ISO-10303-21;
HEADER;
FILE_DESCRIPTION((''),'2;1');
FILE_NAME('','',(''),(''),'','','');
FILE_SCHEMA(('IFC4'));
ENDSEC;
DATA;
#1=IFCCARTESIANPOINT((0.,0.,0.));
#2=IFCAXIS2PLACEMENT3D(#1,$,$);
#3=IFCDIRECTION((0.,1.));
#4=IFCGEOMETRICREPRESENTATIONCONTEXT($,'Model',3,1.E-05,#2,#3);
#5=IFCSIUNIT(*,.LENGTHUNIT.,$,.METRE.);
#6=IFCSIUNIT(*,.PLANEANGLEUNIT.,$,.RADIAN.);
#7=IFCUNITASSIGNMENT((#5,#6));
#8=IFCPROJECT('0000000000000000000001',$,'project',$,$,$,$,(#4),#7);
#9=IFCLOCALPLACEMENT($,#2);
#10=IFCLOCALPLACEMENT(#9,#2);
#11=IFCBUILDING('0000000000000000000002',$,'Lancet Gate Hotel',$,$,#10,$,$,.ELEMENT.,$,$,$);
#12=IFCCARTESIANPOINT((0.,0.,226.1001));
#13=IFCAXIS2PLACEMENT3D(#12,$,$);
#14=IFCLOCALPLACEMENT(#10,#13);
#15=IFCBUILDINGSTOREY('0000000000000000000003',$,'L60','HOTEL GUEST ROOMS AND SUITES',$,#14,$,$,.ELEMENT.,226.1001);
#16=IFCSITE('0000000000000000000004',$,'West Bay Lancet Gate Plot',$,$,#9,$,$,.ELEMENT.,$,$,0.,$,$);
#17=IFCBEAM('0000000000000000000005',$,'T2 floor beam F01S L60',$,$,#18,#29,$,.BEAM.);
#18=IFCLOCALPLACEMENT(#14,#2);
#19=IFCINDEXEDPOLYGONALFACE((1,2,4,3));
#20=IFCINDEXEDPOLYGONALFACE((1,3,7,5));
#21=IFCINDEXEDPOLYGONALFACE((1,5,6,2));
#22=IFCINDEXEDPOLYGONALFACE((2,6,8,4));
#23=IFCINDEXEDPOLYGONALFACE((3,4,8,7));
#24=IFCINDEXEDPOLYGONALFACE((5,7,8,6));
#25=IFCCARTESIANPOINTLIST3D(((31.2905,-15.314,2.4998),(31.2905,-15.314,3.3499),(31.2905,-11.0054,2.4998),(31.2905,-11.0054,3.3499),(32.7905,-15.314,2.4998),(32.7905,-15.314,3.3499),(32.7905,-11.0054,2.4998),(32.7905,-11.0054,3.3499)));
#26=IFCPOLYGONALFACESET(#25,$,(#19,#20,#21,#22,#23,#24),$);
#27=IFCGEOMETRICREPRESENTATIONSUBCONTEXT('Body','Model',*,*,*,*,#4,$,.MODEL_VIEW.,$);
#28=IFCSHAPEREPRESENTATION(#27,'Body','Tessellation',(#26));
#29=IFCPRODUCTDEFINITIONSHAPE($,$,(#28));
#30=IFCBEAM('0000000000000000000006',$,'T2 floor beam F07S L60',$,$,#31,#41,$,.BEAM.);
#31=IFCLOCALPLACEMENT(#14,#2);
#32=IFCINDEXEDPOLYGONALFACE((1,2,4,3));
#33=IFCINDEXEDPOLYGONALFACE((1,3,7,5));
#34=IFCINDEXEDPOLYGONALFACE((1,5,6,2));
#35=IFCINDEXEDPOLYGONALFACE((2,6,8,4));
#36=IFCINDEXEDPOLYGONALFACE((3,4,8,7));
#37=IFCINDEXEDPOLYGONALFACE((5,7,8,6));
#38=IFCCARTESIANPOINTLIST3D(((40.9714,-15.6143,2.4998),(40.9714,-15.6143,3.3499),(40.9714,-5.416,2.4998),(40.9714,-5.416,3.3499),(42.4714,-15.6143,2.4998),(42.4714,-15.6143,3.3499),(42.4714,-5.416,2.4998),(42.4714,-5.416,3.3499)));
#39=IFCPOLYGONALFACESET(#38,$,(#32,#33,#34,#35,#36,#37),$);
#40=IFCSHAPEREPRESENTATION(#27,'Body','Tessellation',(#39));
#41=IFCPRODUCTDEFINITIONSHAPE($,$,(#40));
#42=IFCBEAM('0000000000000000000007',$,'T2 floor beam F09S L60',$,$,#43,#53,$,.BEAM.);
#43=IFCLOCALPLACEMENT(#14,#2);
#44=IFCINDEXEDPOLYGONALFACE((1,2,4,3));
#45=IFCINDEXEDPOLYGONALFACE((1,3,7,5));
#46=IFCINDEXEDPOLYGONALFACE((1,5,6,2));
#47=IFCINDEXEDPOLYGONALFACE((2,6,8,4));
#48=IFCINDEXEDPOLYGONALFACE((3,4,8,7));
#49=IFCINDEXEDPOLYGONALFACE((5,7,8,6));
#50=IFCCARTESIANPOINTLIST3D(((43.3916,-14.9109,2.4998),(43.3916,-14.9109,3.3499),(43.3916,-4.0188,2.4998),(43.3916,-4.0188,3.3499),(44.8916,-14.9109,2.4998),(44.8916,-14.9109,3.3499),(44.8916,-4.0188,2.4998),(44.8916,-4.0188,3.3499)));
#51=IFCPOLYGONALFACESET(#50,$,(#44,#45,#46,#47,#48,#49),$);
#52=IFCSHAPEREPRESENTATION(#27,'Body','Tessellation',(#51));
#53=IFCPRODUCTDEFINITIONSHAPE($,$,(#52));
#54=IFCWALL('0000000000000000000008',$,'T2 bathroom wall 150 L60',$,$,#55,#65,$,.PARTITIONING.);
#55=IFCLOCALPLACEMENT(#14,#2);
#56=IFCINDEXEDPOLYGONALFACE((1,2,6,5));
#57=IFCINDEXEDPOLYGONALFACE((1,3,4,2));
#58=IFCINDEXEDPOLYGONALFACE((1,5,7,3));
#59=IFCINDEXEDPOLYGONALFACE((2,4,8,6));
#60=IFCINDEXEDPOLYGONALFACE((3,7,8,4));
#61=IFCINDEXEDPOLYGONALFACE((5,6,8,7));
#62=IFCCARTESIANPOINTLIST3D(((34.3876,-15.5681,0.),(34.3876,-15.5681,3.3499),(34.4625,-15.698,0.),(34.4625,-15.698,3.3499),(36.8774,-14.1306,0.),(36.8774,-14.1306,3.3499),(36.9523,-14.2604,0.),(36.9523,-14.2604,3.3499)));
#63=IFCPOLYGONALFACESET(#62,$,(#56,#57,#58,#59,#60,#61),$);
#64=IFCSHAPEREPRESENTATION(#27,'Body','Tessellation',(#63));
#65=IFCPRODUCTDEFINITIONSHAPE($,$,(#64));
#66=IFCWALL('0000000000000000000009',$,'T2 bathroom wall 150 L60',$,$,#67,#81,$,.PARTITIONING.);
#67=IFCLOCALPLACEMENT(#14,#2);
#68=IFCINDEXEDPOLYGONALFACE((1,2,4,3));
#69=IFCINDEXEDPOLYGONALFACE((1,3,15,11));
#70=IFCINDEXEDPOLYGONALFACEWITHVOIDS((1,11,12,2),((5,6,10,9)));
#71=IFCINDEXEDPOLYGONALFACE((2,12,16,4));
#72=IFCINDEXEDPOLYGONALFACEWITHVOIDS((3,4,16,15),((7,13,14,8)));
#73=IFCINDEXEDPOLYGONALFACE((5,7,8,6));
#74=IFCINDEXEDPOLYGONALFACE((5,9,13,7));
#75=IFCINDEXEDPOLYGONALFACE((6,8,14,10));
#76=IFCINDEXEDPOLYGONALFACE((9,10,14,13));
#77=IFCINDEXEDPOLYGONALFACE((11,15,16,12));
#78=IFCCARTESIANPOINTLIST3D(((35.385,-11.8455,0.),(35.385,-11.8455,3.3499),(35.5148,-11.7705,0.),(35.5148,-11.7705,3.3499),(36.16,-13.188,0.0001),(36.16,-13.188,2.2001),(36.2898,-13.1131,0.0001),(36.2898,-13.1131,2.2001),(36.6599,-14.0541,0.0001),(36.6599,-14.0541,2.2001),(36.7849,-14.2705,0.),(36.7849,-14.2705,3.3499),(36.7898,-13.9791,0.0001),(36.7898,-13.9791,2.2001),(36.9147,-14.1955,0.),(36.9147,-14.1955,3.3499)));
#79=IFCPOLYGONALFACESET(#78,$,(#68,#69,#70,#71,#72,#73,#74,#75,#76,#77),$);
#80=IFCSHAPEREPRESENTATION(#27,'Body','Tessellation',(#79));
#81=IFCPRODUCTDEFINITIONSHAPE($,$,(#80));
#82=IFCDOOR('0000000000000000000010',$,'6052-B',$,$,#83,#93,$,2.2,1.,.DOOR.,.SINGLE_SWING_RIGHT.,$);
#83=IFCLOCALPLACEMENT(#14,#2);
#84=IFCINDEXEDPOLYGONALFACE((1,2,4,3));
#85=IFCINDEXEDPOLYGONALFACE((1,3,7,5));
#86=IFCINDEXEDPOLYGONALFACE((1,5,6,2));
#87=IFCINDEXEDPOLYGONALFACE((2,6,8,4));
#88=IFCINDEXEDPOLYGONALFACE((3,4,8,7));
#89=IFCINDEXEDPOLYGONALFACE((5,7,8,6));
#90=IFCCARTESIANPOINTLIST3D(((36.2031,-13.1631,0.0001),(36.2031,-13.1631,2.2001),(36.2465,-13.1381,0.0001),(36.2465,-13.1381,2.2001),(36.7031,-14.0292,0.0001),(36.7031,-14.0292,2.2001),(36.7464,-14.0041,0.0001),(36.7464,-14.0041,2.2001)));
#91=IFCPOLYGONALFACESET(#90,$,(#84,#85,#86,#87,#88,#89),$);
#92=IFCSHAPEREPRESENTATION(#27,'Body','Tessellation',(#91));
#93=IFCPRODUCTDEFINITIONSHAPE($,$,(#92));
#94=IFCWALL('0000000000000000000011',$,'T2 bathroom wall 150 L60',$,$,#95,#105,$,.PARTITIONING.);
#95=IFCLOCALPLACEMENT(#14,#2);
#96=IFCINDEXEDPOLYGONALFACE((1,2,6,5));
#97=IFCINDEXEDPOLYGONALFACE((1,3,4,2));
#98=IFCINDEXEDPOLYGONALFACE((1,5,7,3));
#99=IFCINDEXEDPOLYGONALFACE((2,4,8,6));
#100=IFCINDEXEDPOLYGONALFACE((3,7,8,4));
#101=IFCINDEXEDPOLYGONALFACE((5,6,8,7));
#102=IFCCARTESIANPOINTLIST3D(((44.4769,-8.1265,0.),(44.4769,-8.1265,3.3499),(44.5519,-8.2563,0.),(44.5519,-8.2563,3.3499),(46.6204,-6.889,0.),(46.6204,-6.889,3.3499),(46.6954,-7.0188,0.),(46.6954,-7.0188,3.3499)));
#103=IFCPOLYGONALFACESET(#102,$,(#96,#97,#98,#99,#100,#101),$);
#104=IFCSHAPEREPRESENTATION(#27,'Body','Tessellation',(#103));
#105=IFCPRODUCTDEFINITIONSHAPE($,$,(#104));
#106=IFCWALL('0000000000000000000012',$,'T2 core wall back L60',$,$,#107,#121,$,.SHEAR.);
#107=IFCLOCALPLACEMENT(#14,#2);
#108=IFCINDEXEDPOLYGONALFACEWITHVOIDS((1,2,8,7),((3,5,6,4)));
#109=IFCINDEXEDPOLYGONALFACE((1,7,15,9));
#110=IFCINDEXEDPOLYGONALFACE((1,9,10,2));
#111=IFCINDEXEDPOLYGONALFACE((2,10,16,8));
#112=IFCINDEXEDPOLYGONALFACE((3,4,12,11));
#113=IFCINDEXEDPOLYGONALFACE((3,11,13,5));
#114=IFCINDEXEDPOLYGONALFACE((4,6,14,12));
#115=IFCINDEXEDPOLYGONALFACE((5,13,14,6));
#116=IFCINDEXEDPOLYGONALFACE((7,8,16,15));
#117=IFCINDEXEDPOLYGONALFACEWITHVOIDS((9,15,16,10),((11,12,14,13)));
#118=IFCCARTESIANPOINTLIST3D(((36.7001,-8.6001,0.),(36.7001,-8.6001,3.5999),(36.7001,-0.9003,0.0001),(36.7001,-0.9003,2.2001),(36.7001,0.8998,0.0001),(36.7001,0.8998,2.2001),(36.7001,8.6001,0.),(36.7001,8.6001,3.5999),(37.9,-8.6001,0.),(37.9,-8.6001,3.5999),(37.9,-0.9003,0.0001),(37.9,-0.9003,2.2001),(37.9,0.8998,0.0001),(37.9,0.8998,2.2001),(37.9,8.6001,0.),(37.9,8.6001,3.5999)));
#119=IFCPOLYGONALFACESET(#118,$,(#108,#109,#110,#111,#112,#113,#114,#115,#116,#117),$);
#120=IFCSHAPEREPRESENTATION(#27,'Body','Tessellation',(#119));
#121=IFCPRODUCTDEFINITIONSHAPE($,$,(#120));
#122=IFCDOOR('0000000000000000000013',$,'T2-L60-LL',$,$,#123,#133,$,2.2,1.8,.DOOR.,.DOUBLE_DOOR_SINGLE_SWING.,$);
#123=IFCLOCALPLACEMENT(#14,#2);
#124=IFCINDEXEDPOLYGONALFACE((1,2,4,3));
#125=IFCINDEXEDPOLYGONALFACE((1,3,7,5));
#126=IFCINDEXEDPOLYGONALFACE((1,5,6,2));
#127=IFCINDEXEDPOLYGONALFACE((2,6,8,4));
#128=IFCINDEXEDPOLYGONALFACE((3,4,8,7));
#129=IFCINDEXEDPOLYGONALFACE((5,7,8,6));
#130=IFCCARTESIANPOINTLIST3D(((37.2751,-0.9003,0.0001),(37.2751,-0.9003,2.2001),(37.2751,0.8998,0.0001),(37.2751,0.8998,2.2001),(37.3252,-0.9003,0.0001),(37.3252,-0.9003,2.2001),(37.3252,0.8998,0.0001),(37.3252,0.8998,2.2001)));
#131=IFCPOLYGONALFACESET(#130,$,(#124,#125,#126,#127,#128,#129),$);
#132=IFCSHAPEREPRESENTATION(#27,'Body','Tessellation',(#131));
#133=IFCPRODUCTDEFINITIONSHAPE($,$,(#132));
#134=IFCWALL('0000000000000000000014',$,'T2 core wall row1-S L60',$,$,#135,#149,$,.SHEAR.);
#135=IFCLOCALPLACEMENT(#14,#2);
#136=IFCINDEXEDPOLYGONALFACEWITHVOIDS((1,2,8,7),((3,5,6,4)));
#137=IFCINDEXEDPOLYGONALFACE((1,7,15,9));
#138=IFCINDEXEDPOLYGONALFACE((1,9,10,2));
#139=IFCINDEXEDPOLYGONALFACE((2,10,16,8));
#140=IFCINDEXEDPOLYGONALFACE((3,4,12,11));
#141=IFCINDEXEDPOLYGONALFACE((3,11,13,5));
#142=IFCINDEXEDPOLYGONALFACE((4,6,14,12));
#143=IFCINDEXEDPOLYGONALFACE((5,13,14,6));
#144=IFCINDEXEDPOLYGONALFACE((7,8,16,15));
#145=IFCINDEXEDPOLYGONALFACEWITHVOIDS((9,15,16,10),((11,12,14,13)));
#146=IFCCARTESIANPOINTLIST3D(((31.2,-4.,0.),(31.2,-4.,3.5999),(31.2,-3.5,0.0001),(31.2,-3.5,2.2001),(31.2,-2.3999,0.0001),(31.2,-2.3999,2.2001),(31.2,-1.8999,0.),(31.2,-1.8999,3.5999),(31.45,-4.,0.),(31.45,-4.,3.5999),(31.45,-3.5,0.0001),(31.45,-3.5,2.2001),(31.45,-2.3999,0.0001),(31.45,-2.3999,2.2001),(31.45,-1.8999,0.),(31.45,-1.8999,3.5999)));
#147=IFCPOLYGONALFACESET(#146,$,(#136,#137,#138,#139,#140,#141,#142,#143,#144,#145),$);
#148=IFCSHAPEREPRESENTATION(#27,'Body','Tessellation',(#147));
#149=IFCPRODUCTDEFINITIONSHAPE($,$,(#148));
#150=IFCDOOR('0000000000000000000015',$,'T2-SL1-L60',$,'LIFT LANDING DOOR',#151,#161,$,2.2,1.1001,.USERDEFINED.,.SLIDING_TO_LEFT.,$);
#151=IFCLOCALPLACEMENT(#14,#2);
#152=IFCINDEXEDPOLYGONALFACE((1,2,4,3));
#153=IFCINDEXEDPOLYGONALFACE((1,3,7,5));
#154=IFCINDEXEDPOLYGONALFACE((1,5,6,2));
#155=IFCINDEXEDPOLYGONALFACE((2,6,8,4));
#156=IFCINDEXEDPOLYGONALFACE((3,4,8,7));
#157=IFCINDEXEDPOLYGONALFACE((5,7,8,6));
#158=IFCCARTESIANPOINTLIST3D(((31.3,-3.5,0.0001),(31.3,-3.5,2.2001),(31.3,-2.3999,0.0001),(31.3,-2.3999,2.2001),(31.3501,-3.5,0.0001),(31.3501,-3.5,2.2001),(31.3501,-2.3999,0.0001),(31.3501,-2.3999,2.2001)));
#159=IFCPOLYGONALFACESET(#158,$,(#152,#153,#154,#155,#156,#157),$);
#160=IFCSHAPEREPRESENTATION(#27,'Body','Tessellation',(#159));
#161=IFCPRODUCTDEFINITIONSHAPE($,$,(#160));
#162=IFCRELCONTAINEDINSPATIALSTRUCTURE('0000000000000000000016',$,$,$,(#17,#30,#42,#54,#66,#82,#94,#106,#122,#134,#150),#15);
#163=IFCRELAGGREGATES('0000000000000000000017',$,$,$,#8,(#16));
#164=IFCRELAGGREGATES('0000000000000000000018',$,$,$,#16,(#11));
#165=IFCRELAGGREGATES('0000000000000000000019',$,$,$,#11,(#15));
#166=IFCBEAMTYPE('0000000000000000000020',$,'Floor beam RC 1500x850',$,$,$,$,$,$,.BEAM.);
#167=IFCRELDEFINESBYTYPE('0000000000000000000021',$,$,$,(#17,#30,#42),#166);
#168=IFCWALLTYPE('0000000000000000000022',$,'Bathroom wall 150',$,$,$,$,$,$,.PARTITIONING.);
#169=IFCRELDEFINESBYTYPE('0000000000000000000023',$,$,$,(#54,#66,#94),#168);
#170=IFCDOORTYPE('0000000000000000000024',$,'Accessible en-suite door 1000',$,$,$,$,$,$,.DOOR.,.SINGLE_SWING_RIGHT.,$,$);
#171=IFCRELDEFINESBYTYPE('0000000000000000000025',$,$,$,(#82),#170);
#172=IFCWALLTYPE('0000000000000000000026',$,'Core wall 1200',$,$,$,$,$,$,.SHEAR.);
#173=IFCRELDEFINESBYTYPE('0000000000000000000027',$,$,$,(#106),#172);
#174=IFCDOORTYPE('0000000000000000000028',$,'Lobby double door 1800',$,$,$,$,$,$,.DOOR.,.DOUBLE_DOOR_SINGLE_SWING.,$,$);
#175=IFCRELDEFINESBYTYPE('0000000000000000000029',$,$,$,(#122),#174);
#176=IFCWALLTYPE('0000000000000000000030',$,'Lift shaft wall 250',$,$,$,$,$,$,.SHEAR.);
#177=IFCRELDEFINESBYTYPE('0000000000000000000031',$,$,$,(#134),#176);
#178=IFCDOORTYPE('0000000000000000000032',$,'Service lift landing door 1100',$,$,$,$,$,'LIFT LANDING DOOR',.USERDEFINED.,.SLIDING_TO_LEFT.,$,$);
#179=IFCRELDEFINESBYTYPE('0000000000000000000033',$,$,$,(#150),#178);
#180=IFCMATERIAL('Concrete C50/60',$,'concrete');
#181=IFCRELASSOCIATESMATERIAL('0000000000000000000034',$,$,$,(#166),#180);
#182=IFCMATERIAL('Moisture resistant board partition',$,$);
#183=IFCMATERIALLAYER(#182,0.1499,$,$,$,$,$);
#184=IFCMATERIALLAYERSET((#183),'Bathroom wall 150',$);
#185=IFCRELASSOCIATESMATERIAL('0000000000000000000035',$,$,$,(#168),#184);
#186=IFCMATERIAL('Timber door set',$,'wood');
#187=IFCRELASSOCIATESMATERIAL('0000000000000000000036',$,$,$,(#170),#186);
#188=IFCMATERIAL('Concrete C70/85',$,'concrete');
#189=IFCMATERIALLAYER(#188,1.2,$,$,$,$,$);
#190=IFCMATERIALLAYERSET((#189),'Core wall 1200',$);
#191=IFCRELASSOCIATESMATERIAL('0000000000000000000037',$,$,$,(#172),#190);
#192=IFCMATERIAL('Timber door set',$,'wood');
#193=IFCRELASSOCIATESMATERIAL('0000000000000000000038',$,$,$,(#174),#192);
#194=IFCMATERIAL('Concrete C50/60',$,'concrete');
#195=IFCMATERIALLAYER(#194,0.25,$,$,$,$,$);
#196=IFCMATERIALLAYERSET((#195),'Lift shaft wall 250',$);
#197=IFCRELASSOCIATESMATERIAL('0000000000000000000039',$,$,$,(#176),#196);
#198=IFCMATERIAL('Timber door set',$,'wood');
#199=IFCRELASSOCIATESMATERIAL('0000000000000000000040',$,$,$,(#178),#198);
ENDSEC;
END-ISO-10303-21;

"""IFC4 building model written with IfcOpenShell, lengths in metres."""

from ifc_helpers import new_model, si_unit, direction, frame, frame_2d, origin, origin_2d, place, context, subcontext, project, spatial, rectangle, extrude, material, layer, layer_set, material_profile, profile_set, type_object, element, fill, save


model = new_model("IFC4")

# Units and contexts
model_context = context("Model", 3, precision=1e-05, world=origin(), true_north=direction((0.0, 1.0)))
body_context = subcontext(model_context, "Body", "Model", "MODEL_VIEW")
ifc_project = project(units=[si_unit("LENGTHUNIT", "METRE"), si_unit("PLANEANGLEUNIT", "RADIAN")], contexts=[model_context])

# Site, building, storey
site_placement = place(None, origin())
site = spatial("IfcSite", under=ifc_project, at=site_placement, Name="West Bay Lancet Gate Plot", CompositionType="ELEMENT", RefElevation=0.0)
building_placement = place(site_placement, origin())
building = spatial("IfcBuilding", under=site, at=building_placement, Name="Lancet Gate Hotel", CompositionType="ELEMENT")
storey_placement = place(building_placement, frame((0.0, 0.0, 226.1001)))
storey = spatial("IfcBuildingStorey", under=building, at=storey_placement, Name="L60", Description="HOTEL GUEST ROOMS AND SUITES", CompositionType="ELEMENT", Elevation=226.1001)

# Beams
ifc_material_1 = material(Name="Concrete C50/60", Category="concrete")
ifc_material_profile = material_profile(ifc_material_1, rectangle(XDim=1.5, YDim=0.8501, at=origin_2d()), Name="RC 1500x850")
ifc_profile_set = profile_set([ifc_material_profile], Name="Concrete C50/60")
beam_type = type_object("IfcBeamType", Name="Floor beam RC 1500x850", PredefinedType="BEAM", material=ifc_profile_set)
beam_1_placement = place(storey_placement, frame((32.0405, -15.314, 2.9248), z_axis=(0.0, 1.0, 0.0), x_axis=(-1.0, 0.0, 0.0)))
element("IfcBeam", 1, at=beam_1_placement, inside=storey, type_object=beam_type, Name="T2 floor beam F01S L60", PredefinedType="BEAM", context=body_context, shape_type="SweptSolid", body=[
    extrude(rectangle(XDim=1.5, YDim=0.8501, at=origin_2d()), origin(), (0.0, 0.0, 1.0), 4.3086),
])
beam_2_placement = place(storey_placement, frame((41.7214, -15.6143, 2.9248), z_axis=(0.0, 1.0, 0.0), x_axis=(-1.0, 0.0, 0.0)))
element("IfcBeam", 2, at=beam_2_placement, inside=storey, type_object=beam_type, Name="T2 floor beam F07S L60", PredefinedType="BEAM", context=body_context, shape_type="SweptSolid", body=[
    extrude(rectangle(XDim=1.5, YDim=0.8501, at=origin_2d()), origin(), (0.0, 0.0, 1.0), 10.1982),
])
beam_3_placement = place(storey_placement, frame((44.1416, -14.9109, 2.9248), z_axis=(0.0, 1.0, 0.0), x_axis=(-1.0, 0.0, 0.0)))
element("IfcBeam", 3, at=beam_3_placement, inside=storey, type_object=beam_type, Name="T2 floor beam F09S L60", PredefinedType="BEAM", context=body_context, shape_type="SweptSolid", body=[
    extrude(rectangle(XDim=1.5, YDim=0.8501, at=origin_2d()), origin(), (0.0, 0.0, 1.0), 10.8921),
])

# Wall
ifc_material_2 = material(Name="Moisture resistant board partition")
ifc_layer_1 = layer(ifc_material_2, 0.1499)
ifc_layer_set_1 = layer_set([ifc_layer_1], Name="Bathroom wall 150")
wall_type_1 = type_object("IfcWallType", Name="Bathroom wall 150", PredefinedType="PARTITIONING", material=ifc_layer_set_1)
wall_1_placement = place(storey_placement, frame((34.425, -15.6331, 0.0), z_axis=(0.0, 0.0, 1.0), x_axis=(0.866019, 0.500012, 0.0)))
element("IfcWall", 4, at=wall_1_placement, inside=storey, type_object=wall_type_1, Name="T2 bathroom wall 150 L60", PredefinedType="PARTITIONING", context=body_context, shape_type="SweptSolid", body=[
    extrude(rectangle(XDim=2.875, YDim=0.1499, at=frame_2d((1.4375, 0.0))), origin(), (0.0, 0.0, 1.0), 3.3499),
])

# Wall, opening, door
wall_2_placement = place(storey_placement, frame((35.45, -11.8081, 0.0), z_axis=(0.0, 0.0, 1.0), x_axis=(0.499946, -0.866056, 0.0)))
wall_2 = element("IfcWall", 5, at=wall_2_placement, inside=storey, type_object=wall_type_1, Name="T2 bathroom wall 150 L60", PredefinedType="PARTITIONING", context=body_context, shape_type="SweptSolid", body=[
    extrude(rectangle(XDim=2.8, YDim=0.1499, at=frame_2d((1.3999, 0.0))), origin(), (0.0, 0.0, 1.0), 3.3499),
])
opening_1_placement = place(wall_2_placement, frame((1.55, 0.0, 0.0)))
opening_1 = element("IfcOpeningElement", 6, at=opening_1_placement, cuts=wall_2, PredefinedType="OPENING", context=body_context, shape_type="SweptSolid", body=[
    extrude(rectangle(XDim=1.0, YDim=2.2, at=frame_2d((0.5, 1.1001))), frame((0.0, 0.085, 0.0), z_axis=(0.0, -1.0, 0.0), x_axis=(1.0, 0.0, 0.0)), (0.0, 0.0, 1.0), 0.1699),
])
ifc_material_3 = material(Name="Timber door set", Category="wood")
door_type_1 = type_object("IfcDoorType", Name="Accessible en-suite door 1000", OperationType="SINGLE_SWING_RIGHT", PredefinedType="DOOR", material=ifc_material_3)
door_1_placement = place(opening_1_placement, origin())
door_1 = element("IfcDoor", 7, at=door_1_placement, inside=storey, type_object=door_type_1, Name="6052-B", OperationType="SINGLE_SWING_RIGHT", OverallHeight=2.2, OverallWidth=1.0, PredefinedType="DOOR", context=body_context, shape_type="SweptSolid", body=[
    extrude(rectangle(XDim=1.0, YDim=2.2, at=frame_2d((0.5, 1.1001))), frame((0.0, 0.0249, 0.0), z_axis=(0.0, -1.0, 0.0), x_axis=(1.0, 0.0, 0.0)), (0.0, 0.0, 1.0), 0.05),
])
fill(opening_1, door_1)

# Wall
wall_3_placement = place(storey_placement, frame((44.5144, -8.1914, 0.0), z_axis=(0.0, 0.0, 1.0), x_axis=(0.866031, 0.49999, 0.0)))
element("IfcWall", 8, at=wall_3_placement, inside=storey, type_object=wall_type_1, Name="T2 bathroom wall 150 L60", PredefinedType="PARTITIONING", context=body_context, shape_type="SweptSolid", body=[
    extrude(rectangle(XDim=2.4751, YDim=0.1499, at=frame_2d((1.2375, 0.0))), origin(), (0.0, 0.0, 1.0), 3.3499),
])

# Walls, openings, doors
ifc_material_4 = material(Name="Concrete C70/85", Category="concrete")
ifc_layer_2 = layer(ifc_material_4, 1.2)
ifc_layer_set_2 = layer_set([ifc_layer_2], Name="Core wall 1200")
wall_type_2 = type_object("IfcWallType", Name="Core wall 1200", PredefinedType="SHEAR", material=ifc_layer_set_2)
wall_4_placement = place(storey_placement, frame((37.3, -8.6001, 0.0), z_axis=(0.0, 0.0, 1.0), x_axis=(0.0, 1.0, 0.0)))
wall_4 = element("IfcWall", 9, at=wall_4_placement, inside=storey, type_object=wall_type_2, Name="T2 core wall back L60", PredefinedType="SHEAR", context=body_context, shape_type="SweptSolid", body=[
    extrude(rectangle(XDim=17.2002, YDim=1.2, at=frame_2d((8.6001, 0.0))), origin(), (0.0, 0.0, 1.0), 3.5999),
])
opening_2_placement = place(wall_4_placement, frame((7.7, 0.0, 0.0)))
opening_2 = element("IfcOpeningElement", 10, at=opening_2_placement, cuts=wall_4, PredefinedType="OPENING", context=body_context, shape_type="SweptSolid", body=[
    extrude(rectangle(XDim=1.8, YDim=2.2, at=frame_2d((0.8999, 1.1001))), frame((0.0, 0.6099, 0.0), z_axis=(0.0, -1.0, 0.0), x_axis=(1.0, 0.0, 0.0)), (0.0, 0.0, 1.0), 1.22),
])
ifc_material_5 = material(Name="Timber door set", Category="wood")
door_type_2 = type_object("IfcDoorType", Name="Lobby double door 1800", OperationType="DOUBLE_DOOR_SINGLE_SWING", PredefinedType="DOOR", material=ifc_material_5)
door_2_placement = place(opening_2_placement, origin())
door_2 = element("IfcDoor", 11, at=door_2_placement, inside=storey, type_object=door_type_2, Name="T2-L60-LL", OperationType="DOUBLE_DOOR_SINGLE_SWING", OverallHeight=2.2, OverallWidth=1.8, PredefinedType="DOOR", context=body_context, shape_type="SweptSolid", body=[
    extrude(rectangle(XDim=1.8, YDim=2.2, at=frame_2d((0.8999, 1.1001))), frame((0.0, 0.0249, 0.0), z_axis=(0.0, -1.0, 0.0), x_axis=(1.0, 0.0, 0.0)), (0.0, 0.0, 1.0), 0.05),
])
fill(opening_2, door_2)
ifc_material_6 = material(Name="Concrete C50/60", Category="concrete")
ifc_layer_3 = layer(ifc_material_6, 0.25)
ifc_layer_set_3 = layer_set([ifc_layer_3], Name="Lift shaft wall 250")
wall_type_3 = type_object("IfcWallType", Name="Lift shaft wall 250", PredefinedType="SHEAR", material=ifc_layer_set_3)
wall_5_placement = place(storey_placement, frame((31.325, -4.0, 0.0), z_axis=(0.0, 0.0, 1.0), x_axis=(0.0, 1.0, 0.0)))
wall_5 = element("IfcWall", 12, at=wall_5_placement, inside=storey, type_object=wall_type_3, Name="T2 core wall row1-S L60", PredefinedType="SHEAR", context=body_context, shape_type="SweptSolid", body=[
    extrude(rectangle(XDim=2.1001, YDim=0.25, at=frame_2d((1.05, 0.0))), origin(), (0.0, 0.0, 1.0), 3.5999),
])
opening_3_placement = place(wall_5_placement, frame((0.5, 0.0, 0.0)))
opening_3 = element("IfcOpeningElement", 13, at=opening_3_placement, cuts=wall_5, PredefinedType="OPENING", context=body_context, shape_type="SweptSolid", body=[
    extrude(rectangle(XDim=1.1001, YDim=2.2, at=frame_2d((0.55, 1.1001))), frame((0.0, 0.135, 0.0), z_axis=(0.0, -1.0, 0.0), x_axis=(1.0, 0.0, 0.0)), (0.0, 0.0, 1.0), 0.27),
])
ifc_material_7 = material(Name="Timber door set", Category="wood")
door_type_3 = type_object("IfcDoorType", Name="Service lift landing door 1100", ElementType="LIFT LANDING DOOR", OperationType="SLIDING_TO_LEFT", PredefinedType="USERDEFINED", material=ifc_material_7)
door_3_placement = place(opening_3_placement, origin())
door_3 = element("IfcDoor", 14, at=door_3_placement, inside=storey, type_object=door_type_3, Name="T2-SL1-L60", ObjectType="LIFT LANDING DOOR", OperationType="SLIDING_TO_LEFT", OverallHeight=2.2, OverallWidth=1.1001, PredefinedType="USERDEFINED", context=body_context, shape_type="SweptSolid", body=[
    extrude(rectangle(XDim=1.1001, YDim=2.2, at=frame_2d((0.55, 1.1001))), frame((0.0, 0.0249, 0.0), z_axis=(0.0, -1.0, 0.0), x_axis=(1.0, 0.0, 0.0)), (0.0, 0.0, 1.0), 0.05),
])
fill(opening_3, door_3)

save(model, "model.ifc")
